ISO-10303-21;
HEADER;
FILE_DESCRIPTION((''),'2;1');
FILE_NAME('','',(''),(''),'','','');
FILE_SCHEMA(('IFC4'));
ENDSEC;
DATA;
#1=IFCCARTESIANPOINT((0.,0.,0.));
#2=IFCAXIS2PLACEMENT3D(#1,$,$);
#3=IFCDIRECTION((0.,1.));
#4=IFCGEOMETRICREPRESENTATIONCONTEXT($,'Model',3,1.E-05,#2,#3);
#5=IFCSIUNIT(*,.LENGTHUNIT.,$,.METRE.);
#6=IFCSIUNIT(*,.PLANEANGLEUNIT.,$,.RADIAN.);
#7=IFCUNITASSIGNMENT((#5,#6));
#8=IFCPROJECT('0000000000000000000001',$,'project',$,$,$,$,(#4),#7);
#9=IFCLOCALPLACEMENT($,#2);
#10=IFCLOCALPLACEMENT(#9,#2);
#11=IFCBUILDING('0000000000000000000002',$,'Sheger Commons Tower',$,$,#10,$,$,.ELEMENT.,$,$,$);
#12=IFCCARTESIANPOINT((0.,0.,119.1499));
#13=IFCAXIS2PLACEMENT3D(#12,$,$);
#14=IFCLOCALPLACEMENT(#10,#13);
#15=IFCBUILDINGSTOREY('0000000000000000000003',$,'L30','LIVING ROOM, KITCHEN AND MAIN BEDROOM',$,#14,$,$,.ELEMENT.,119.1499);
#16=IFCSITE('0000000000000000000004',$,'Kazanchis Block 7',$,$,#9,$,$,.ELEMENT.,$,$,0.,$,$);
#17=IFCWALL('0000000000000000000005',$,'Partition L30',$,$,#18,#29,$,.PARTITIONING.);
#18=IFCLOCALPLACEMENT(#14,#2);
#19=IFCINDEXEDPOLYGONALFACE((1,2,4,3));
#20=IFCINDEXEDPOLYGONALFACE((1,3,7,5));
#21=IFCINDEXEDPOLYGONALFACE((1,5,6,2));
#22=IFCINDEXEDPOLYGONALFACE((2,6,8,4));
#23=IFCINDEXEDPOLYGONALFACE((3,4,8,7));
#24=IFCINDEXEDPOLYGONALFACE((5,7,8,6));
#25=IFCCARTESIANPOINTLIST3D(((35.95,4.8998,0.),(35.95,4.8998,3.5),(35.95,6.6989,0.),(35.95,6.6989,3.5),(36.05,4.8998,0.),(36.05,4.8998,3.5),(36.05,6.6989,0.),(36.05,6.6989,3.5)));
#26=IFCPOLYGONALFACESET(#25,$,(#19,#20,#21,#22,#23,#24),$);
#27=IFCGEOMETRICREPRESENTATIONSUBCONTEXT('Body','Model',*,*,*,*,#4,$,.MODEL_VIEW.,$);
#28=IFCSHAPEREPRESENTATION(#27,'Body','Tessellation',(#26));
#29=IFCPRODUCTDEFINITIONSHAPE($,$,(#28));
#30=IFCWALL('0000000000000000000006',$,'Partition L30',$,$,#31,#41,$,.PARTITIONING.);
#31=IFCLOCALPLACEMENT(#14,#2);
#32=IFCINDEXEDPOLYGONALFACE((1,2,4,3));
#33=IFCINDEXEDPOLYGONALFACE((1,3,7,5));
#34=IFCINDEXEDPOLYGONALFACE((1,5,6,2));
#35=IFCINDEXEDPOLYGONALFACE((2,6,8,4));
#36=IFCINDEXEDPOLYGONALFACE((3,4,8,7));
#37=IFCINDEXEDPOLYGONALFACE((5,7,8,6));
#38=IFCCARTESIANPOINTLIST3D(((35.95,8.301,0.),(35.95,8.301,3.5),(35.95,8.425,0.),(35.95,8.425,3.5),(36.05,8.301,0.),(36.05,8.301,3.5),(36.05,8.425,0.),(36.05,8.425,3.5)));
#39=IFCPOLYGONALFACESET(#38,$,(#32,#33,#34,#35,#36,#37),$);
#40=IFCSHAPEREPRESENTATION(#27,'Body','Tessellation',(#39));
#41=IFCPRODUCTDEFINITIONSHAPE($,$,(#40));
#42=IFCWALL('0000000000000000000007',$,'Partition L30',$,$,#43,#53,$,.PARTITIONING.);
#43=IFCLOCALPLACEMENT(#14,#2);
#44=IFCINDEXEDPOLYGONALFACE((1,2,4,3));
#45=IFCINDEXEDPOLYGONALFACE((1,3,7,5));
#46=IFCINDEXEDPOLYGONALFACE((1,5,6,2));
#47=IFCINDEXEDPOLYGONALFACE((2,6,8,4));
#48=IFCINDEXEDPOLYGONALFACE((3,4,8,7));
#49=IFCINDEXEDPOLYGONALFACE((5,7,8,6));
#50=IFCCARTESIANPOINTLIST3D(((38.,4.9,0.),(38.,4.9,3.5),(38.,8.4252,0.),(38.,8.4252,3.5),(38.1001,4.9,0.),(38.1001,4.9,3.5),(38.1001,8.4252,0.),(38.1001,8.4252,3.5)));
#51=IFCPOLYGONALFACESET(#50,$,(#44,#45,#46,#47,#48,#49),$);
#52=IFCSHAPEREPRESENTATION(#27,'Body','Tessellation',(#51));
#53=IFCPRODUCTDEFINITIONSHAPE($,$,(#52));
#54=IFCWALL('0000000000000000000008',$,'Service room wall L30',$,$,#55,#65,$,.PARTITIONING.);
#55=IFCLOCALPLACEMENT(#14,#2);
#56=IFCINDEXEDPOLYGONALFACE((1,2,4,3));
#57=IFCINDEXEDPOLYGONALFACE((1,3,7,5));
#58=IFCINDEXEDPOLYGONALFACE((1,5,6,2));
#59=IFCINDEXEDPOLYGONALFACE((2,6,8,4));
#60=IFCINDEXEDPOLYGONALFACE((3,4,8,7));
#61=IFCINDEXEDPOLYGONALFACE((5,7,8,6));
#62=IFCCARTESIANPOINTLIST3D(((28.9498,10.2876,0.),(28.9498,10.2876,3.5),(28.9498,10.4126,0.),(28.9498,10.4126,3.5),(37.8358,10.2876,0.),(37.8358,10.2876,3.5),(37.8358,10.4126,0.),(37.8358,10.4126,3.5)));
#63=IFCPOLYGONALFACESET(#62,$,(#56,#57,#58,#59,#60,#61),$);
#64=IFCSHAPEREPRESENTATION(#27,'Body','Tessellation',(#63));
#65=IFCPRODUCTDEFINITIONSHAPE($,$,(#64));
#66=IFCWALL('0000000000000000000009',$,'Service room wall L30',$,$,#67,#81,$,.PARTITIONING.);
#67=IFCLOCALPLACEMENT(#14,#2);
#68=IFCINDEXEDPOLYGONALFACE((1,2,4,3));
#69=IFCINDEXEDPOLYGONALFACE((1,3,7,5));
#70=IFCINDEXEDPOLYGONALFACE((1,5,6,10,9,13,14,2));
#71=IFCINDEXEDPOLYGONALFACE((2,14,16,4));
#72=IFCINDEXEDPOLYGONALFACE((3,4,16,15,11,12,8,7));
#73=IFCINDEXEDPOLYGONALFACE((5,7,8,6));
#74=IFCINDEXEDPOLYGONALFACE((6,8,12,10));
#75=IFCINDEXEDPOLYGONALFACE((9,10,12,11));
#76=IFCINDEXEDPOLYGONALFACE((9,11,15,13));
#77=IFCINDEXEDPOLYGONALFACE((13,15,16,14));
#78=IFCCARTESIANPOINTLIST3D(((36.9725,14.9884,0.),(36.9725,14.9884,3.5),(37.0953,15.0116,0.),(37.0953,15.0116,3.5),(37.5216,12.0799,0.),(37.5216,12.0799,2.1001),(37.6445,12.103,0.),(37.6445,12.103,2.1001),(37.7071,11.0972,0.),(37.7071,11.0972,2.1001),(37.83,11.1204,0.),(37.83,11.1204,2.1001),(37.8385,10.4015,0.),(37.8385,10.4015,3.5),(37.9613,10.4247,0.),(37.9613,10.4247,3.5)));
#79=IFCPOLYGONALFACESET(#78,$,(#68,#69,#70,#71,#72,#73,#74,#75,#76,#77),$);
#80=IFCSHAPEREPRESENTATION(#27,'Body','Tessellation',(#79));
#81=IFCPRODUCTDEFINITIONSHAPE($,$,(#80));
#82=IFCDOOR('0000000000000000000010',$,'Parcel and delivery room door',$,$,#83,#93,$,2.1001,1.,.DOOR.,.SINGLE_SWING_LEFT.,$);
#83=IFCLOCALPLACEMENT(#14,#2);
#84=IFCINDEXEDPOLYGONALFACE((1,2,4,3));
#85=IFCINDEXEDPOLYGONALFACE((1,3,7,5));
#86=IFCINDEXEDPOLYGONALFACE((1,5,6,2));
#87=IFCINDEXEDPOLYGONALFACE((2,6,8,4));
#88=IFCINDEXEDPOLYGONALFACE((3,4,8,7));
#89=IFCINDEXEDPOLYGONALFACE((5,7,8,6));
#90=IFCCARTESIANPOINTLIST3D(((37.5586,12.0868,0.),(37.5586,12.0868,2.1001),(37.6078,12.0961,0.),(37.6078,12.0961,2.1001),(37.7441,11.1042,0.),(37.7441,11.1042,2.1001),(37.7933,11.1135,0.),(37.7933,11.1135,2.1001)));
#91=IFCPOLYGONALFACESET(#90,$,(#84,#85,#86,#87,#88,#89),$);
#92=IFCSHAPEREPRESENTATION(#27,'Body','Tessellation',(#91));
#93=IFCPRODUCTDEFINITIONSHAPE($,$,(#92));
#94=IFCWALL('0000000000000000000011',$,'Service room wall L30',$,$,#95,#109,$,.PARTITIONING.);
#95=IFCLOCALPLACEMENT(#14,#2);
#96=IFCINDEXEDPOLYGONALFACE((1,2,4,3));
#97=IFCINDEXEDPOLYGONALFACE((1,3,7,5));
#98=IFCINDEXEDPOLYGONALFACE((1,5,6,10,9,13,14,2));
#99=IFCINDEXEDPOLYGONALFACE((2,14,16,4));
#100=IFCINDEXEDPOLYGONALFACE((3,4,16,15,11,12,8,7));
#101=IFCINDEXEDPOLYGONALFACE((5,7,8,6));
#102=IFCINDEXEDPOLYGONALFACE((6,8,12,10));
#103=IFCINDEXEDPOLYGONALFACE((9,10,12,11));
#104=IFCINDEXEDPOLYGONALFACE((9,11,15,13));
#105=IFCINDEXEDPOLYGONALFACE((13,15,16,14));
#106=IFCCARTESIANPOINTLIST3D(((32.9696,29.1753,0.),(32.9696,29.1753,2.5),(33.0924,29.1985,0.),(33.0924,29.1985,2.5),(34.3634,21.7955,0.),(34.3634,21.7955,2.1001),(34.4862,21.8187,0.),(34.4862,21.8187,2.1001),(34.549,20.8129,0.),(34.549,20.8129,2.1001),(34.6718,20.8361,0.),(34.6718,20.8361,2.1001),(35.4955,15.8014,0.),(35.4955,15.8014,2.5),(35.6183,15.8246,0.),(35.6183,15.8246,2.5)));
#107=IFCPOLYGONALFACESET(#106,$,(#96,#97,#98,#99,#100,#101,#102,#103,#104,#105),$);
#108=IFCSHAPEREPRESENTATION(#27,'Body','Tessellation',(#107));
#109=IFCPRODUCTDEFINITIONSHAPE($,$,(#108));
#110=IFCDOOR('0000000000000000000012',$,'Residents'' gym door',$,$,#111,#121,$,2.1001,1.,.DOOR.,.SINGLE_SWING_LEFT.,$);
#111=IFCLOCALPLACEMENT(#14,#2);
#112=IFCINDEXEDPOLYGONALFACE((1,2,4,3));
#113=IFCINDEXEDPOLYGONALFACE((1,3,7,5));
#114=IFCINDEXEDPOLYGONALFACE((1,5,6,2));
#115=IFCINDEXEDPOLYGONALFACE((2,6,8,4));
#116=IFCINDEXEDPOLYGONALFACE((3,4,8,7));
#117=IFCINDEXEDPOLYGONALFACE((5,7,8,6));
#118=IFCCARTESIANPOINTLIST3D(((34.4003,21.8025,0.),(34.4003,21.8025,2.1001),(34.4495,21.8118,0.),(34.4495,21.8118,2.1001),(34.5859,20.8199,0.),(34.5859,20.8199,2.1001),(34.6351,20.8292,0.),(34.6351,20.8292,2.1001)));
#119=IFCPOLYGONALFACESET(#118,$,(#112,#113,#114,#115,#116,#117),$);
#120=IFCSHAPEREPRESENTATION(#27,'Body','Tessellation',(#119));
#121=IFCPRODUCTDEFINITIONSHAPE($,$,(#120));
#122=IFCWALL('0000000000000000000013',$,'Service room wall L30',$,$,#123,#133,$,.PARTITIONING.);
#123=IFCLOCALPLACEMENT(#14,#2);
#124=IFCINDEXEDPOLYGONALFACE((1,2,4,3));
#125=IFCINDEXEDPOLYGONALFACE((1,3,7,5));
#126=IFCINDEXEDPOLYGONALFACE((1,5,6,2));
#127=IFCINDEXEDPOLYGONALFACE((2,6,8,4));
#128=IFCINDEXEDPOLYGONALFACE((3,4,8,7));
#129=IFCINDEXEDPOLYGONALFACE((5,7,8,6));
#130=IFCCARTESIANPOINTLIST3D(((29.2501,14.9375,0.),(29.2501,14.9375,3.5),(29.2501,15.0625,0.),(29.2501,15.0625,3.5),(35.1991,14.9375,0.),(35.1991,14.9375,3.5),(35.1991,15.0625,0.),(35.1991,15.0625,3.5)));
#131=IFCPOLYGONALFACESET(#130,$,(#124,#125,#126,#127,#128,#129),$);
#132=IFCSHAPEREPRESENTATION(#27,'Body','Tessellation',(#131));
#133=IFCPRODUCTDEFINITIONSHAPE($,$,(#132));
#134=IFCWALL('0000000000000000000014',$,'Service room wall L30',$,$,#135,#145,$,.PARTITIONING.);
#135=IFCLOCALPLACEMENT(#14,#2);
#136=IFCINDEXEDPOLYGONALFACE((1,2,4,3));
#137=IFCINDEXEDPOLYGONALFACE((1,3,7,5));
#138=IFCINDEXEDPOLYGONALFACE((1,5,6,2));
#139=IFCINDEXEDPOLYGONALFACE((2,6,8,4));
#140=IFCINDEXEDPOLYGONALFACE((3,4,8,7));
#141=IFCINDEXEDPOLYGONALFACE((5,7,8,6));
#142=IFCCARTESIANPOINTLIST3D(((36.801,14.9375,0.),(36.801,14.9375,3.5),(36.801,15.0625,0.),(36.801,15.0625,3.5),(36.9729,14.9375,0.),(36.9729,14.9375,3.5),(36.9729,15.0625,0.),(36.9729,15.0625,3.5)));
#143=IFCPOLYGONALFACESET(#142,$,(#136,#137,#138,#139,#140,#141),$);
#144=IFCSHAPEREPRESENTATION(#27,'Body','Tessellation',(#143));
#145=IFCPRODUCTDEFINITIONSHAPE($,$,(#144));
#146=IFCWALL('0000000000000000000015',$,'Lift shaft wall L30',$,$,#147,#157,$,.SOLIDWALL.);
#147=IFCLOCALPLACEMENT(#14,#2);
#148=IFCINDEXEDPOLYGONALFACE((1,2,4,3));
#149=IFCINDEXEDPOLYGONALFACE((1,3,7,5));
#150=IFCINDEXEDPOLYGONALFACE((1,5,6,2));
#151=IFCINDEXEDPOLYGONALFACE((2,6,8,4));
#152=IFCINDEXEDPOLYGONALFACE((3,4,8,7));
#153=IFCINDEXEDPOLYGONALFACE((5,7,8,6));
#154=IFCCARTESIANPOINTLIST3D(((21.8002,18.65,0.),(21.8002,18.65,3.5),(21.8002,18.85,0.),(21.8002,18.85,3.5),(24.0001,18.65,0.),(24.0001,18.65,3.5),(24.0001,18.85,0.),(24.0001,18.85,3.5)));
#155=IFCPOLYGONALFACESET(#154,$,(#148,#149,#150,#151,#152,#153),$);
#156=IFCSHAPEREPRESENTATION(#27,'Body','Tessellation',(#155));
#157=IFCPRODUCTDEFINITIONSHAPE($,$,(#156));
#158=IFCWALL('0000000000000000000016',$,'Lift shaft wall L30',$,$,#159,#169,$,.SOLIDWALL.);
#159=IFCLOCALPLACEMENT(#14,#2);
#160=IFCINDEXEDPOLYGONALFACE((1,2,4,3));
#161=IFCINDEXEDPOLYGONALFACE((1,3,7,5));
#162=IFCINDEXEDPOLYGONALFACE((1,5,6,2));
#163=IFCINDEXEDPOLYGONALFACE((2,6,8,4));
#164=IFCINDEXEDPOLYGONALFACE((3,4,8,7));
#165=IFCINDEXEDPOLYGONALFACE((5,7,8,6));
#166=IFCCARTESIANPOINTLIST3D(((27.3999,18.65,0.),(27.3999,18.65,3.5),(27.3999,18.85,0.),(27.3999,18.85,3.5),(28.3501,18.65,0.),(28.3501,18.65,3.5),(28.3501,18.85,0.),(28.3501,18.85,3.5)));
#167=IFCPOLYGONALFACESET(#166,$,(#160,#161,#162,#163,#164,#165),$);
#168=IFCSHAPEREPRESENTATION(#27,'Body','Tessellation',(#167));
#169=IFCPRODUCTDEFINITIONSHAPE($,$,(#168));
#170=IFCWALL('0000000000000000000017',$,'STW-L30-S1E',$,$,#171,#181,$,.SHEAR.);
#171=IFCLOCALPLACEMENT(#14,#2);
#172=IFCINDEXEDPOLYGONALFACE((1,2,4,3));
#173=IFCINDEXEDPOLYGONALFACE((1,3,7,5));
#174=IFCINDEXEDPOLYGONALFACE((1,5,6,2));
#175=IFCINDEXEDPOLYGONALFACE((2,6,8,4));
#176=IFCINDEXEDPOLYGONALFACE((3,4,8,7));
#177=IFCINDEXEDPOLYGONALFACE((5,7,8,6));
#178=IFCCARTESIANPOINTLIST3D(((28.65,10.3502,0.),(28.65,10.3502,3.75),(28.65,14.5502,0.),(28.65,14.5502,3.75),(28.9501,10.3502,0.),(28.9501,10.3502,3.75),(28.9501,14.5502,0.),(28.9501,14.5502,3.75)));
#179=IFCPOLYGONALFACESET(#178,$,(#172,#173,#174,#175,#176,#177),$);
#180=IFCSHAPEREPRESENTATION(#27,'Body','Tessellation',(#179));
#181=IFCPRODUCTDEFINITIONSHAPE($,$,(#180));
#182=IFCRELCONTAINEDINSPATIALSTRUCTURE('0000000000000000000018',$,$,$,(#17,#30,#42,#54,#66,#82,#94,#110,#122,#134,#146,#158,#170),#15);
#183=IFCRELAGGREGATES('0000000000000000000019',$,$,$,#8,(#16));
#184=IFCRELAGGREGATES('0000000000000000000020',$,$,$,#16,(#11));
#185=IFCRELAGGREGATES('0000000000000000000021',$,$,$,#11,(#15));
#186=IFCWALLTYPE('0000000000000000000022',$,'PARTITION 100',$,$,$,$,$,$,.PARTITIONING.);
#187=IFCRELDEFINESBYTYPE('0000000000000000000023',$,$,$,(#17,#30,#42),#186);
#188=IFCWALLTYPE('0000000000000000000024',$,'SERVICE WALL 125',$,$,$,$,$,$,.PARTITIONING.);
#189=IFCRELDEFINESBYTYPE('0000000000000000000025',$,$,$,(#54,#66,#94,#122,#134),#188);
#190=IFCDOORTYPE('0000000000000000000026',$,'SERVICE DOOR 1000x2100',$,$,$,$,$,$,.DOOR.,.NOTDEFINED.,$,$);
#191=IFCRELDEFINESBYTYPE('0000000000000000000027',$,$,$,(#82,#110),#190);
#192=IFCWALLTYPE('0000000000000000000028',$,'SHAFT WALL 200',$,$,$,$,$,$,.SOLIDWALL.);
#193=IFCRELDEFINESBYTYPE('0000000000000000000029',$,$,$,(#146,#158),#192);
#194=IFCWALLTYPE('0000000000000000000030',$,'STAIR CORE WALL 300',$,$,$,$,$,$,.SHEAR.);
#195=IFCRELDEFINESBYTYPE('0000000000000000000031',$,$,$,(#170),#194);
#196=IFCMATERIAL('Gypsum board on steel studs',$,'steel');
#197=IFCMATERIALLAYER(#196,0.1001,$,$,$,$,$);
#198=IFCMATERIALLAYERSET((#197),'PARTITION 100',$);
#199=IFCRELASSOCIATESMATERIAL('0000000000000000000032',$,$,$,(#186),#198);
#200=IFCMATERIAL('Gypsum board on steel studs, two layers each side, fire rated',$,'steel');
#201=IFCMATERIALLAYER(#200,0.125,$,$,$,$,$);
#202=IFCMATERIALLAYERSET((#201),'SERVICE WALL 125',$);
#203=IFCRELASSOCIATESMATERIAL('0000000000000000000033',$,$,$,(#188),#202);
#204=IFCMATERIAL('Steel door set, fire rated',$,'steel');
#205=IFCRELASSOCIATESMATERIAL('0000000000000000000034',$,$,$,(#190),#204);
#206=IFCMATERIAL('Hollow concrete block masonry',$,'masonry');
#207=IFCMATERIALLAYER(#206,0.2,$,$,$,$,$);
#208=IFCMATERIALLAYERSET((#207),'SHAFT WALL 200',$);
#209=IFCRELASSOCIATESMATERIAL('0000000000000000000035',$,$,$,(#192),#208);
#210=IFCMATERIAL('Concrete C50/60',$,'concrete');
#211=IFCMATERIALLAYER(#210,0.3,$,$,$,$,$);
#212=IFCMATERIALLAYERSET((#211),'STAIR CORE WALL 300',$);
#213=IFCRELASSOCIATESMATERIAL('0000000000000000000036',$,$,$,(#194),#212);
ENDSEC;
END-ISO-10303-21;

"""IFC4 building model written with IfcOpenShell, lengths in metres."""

from ifc_helpers import new_model, si_unit, direction, frame, frame_2d, origin, place, context, subcontext, project, spatial, rectangle, extrude, material, layer, layer_set, type_object, element, fill, save


model = new_model("IFC4")

# Units and contexts
model_context = context("Model", 3, precision=1e-05, world=origin(), true_north=direction((0.0, 1.0)))
body_context = subcontext(model_context, "Body", "Model", "MODEL_VIEW")
ifc_project = project(units=[si_unit("LENGTHUNIT", "METRE"), si_unit("PLANEANGLEUNIT", "RADIAN")], contexts=[model_context])

# Site, building, storey
site_placement = place(None, origin())
site = spatial("IfcSite", under=ifc_project, at=site_placement, Name="Kazanchis Block 7", CompositionType="ELEMENT", RefElevation=0.0)
building_placement = place(site_placement, origin())
building = spatial("IfcBuilding", under=site, at=building_placement, Name="Sheger Commons Tower", CompositionType="ELEMENT")
storey_placement = place(building_placement, frame((0.0, 0.0, 119.1499)))
storey = spatial("IfcBuildingStorey", under=building, at=storey_placement, Name="L30", Description="LIVING ROOM, KITCHEN AND MAIN BEDROOM", CompositionType="ELEMENT", Elevation=119.1499)

# Walls
ifc_material_1 = material(Name="Gypsum board on steel studs", Category="steel")
ifc_layer_1 = layer(ifc_material_1, 0.1001)
ifc_layer_set_1 = layer_set([ifc_layer_1], Name="PARTITION 100")
wall_type_1 = type_object("IfcWallType", Name="PARTITION 100", PredefinedType="PARTITIONING", material=ifc_layer_set_1)
wall_1_placement = place(storey_placement, frame((36.0, 4.8999, 0.0), z_axis=(0.0, 0.0, 1.0), x_axis=(0.0, 1.0, 0.0)))
element("IfcWall", 1, at=wall_1_placement, inside=storey, type_object=wall_type_1, Name="Partition L30", PredefinedType="PARTITIONING", context=body_context, shape_type="SweptSolid", body=[
    extrude(rectangle(XDim=1.7991, YDim=0.1001, at=frame_2d((0.8994, 0.0))), origin(), (0.0, 0.0, 1.0), 3.5),
])
wall_2_placement = place(storey_placement, frame((36.0, 8.301, 0.0), z_axis=(0.0, 0.0, 1.0), x_axis=(0.0, 1.0, 0.0)))
element("IfcWall", 2, at=wall_2_placement, inside=storey, type_object=wall_type_1, Name="Partition L30", PredefinedType="PARTITIONING", context=body_context, shape_type="SweptSolid", body=[
    extrude(rectangle(XDim=0.124, YDim=0.1001, at=frame_2d((0.062, 0.0))), origin(), (0.0, 0.0, 1.0), 3.5),
])
wall_3_placement = place(storey_placement, frame((38.05, 4.8999, 0.0), z_axis=(0.0, 0.0, 1.0), x_axis=(0.0, 1.0, 0.0)))
element("IfcWall", 3, at=wall_3_placement, inside=storey, type_object=wall_type_1, Name="Partition L30", PredefinedType="PARTITIONING", context=body_context, shape_type="SweptSolid", body=[
    extrude(rectangle(XDim=3.5251, YDim=0.1001, at=frame_2d((1.7627, 0.0))), origin(), (0.0, 0.0, 1.0), 3.5),
])
ifc_material_2 = material(Name="Gypsum board on steel studs, two layers each side, fire rated", Category="steel")
ifc_layer_2 = layer(ifc_material_2, 0.125)
ifc_layer_set_2 = layer_set([ifc_layer_2], Name="SERVICE WALL 125")
wall_type_2 = type_object("IfcWallType", Name="SERVICE WALL 125", PredefinedType="PARTITIONING", material=ifc_layer_set_2)
wall_4_placement = place(storey_placement, frame((28.95, 10.3501, 0.0), z_axis=(0.0, 0.0, 1.0), x_axis=(1.0, 0.0, 0.0)))
element("IfcWall", 4, at=wall_4_placement, inside=storey, type_object=wall_type_2, Name="Service room wall L30", PredefinedType="PARTITIONING", context=body_context, shape_type="SweptSolid", body=[
    extrude(rectangle(XDim=8.886, YDim=0.125, at=frame_2d((4.4429, 0.0))), origin(), (0.0, 0.0, 1.0), 3.5),
])

# Walls, openings, doors
wall_5_placement = place(storey_placement, frame((37.8999, 10.4131, 0.0), z_axis=(0.0, 0.0, 1.0), x_axis=(-0.185514, 0.982642, 0.0)))
wall_5 = element("IfcWall", 5, at=wall_5_placement, inside=storey, type_object=wall_type_2, Name="Service room wall L30", PredefinedType="PARTITIONING", context=body_context, shape_type="SweptSolid", body=[
    extrude(rectangle(XDim=4.668, YDim=0.125, at=frame_2d((2.334, 0.0))), origin(), (0.0, 0.0, 1.0), 3.5),
])
opening_1_placement = place(wall_5_placement, frame((0.708, 0.0, 0.0)))
opening_1 = element("IfcOpeningElement", 6, at=opening_1_placement, cuts=wall_5, PredefinedType="OPENING", context=body_context, shape_type="SweptSolid", body=[
    extrude(rectangle(XDim=1.0, YDim=2.1001, at=frame_2d((0.5, 1.05))), frame((0.0, 0.0725, 0.0), z_axis=(0.0, -1.0, 0.0), x_axis=(1.0, 0.0, 0.0)), (0.0, 0.0, 1.0), 0.145),
])
ifc_material_3 = material(Name="Steel door set, fire rated", Category="steel")
door_type_1 = type_object("IfcDoorType", Name="SERVICE DOOR 1000x2100", OperationType="NOTDEFINED", PredefinedType="DOOR", material=ifc_material_3)
door_1_placement = place(opening_1_placement, origin())
door_1 = element("IfcDoor", 7, at=door_1_placement, inside=storey, type_object=door_type_1, Name="Parcel and delivery room door", OperationType="SINGLE_SWING_LEFT", OverallHeight=2.1001, OverallWidth=1.0, PredefinedType="DOOR", context=body_context, shape_type="SweptSolid", body=[
    extrude(rectangle(XDim=1.0, YDim=2.1001, at=frame_2d((0.5, 1.05))), frame((0.0, 0.0249, 0.0), z_axis=(0.0, -1.0, 0.0), x_axis=(1.0, 0.0, 0.0)), (0.0, 0.0, 1.0), 0.05),
])
fill(opening_1, door_1)
wall_6_placement = place(storey_placement, frame((35.5569, 15.813, 0.0), z_axis=(0.0, 0.0, 1.0), x_axis=(-0.185584, 0.982628, 0.0)))
wall_6 = element("IfcWall", 8, at=wall_6_placement, inside=storey, type_object=wall_type_2, Name="Service room wall L30", PredefinedType="PARTITIONING", context=body_context, shape_type="SweptSolid", body=[
    extrude(rectangle(XDim=13.6104, YDim=0.125, at=frame_2d((6.8052, 0.0))), origin(), (0.0, 0.0, 1.0), 2.5),
])
opening_2_placement = place(wall_6_placement, frame((5.1001, 0.0, 0.0)))
opening_2 = element("IfcOpeningElement", 9, at=opening_2_placement, cuts=wall_6, PredefinedType="OPENING", context=body_context, shape_type="SweptSolid", body=[
    extrude(rectangle(XDim=1.0, YDim=2.1001, at=frame_2d((0.5, 1.05))), frame((0.0, 0.0725, 0.0), z_axis=(0.0, -1.0, 0.0), x_axis=(1.0, 0.0, 0.0)), (0.0, 0.0, 1.0), 0.145),
])
door_2_placement = place(opening_2_placement, origin())
door_2 = element("IfcDoor", 10, at=door_2_placement, inside=storey, type_object=door_type_1, Name="Residents' gym door", OperationType="SINGLE_SWING_LEFT", OverallHeight=2.1001, OverallWidth=1.0, PredefinedType="DOOR", context=body_context, shape_type="SweptSolid", body=[
    extrude(rectangle(XDim=1.0, YDim=2.1001, at=frame_2d((0.5, 1.05))), frame((0.0, 0.0249, 0.0), z_axis=(0.0, -1.0, 0.0), x_axis=(1.0, 0.0, 0.0)), (0.0, 0.0, 1.0), 0.05),
])
fill(opening_2, door_2)

# Walls
wall_7_placement = place(storey_placement, frame((29.25, 15.0, 0.0), z_axis=(0.0, 0.0, 1.0), x_axis=(1.0, 0.0, 0.0)))
element("IfcWall", 11, at=wall_7_placement, inside=storey, type_object=wall_type_2, Name="Service room wall L30", PredefinedType="PARTITIONING", context=body_context, shape_type="SweptSolid", body=[
    extrude(rectangle(XDim=5.949, YDim=0.125, at=frame_2d((2.9746, 0.0))), origin(), (0.0, 0.0, 1.0), 3.5),
])
wall_8_placement = place(storey_placement, frame((36.801, 15.0, 0.0), z_axis=(0.0, 0.0, 1.0), x_axis=(1.0, 0.0, 0.0)))
element("IfcWall", 12, at=wall_8_placement, inside=storey, type_object=wall_type_2, Name="Service room wall L30", PredefinedType="PARTITIONING", context=body_context, shape_type="SweptSolid", body=[
    extrude(rectangle(XDim=0.1719, YDim=0.125, at=frame_2d((0.0859, 0.0))), origin(), (0.0, 0.0, 1.0), 3.5),
])
ifc_material_4 = material(Name="Hollow concrete block masonry", Category="masonry")
ifc_layer_3 = layer(ifc_material_4, 0.2)
ifc_layer_set_3 = layer_set([ifc_layer_3], Name="SHAFT WALL 200")
wall_type_3 = type_object("IfcWallType", Name="SHAFT WALL 200", PredefinedType="SOLIDWALL", material=ifc_layer_set_3)
wall_9_placement = place(storey_placement, frame((21.8, 18.75, 0.0), z_axis=(0.0, 0.0, 1.0), x_axis=(1.0, 0.0, 0.0)))
element("IfcWall", 13, at=wall_9_placement, inside=storey, type_object=wall_type_3, Name="Lift shaft wall L30", PredefinedType="SOLIDWALL", context=body_context, shape_type="SweptSolid", body=[
    extrude(rectangle(XDim=2.2, YDim=0.2, at=frame_2d((1.1001, 0.0))), origin(), (0.0, 0.0, 1.0), 3.5),
])
wall_10_placement = place(storey_placement, frame((27.3999, 18.75, 0.0), z_axis=(0.0, 0.0, 1.0), x_axis=(1.0, 0.0, 0.0)))
element("IfcWall", 14, at=wall_10_placement, inside=storey, type_object=wall_type_3, Name="Lift shaft wall L30", PredefinedType="SOLIDWALL", context=body_context, shape_type="SweptSolid", body=[
    extrude(rectangle(XDim=0.9502, YDim=0.2, at=frame_2d((0.4751, 0.0))), origin(), (0.0, 0.0, 1.0), 3.5),
])
ifc_material_5 = material(Name="Concrete C50/60", Category="concrete")
ifc_layer_4 = layer(ifc_material_5, 0.3)
ifc_layer_set_4 = layer_set([ifc_layer_4], Name="STAIR CORE WALL 300")
wall_type_4 = type_object("IfcWallType", Name="STAIR CORE WALL 300", PredefinedType="SHEAR", material=ifc_layer_set_4)
wall_11_placement = place(storey_placement, frame((28.8, 10.3501, 0.0), z_axis=(0.0, 0.0, 1.0), x_axis=(0.0, 1.0, 0.0)))
element("IfcWall", 15, at=wall_11_placement, inside=storey, type_object=wall_type_4, Name="STW-L30-S1E", PredefinedType="SHEAR", context=body_context, shape_type="SweptSolid", body=[
    extrude(rectangle(XDim=4.2, YDim=0.3, at=frame_2d((2.1001, 0.0))), origin(), (0.0, 0.0, 1.0), 3.75),
])

save(model, "model.ifc")
